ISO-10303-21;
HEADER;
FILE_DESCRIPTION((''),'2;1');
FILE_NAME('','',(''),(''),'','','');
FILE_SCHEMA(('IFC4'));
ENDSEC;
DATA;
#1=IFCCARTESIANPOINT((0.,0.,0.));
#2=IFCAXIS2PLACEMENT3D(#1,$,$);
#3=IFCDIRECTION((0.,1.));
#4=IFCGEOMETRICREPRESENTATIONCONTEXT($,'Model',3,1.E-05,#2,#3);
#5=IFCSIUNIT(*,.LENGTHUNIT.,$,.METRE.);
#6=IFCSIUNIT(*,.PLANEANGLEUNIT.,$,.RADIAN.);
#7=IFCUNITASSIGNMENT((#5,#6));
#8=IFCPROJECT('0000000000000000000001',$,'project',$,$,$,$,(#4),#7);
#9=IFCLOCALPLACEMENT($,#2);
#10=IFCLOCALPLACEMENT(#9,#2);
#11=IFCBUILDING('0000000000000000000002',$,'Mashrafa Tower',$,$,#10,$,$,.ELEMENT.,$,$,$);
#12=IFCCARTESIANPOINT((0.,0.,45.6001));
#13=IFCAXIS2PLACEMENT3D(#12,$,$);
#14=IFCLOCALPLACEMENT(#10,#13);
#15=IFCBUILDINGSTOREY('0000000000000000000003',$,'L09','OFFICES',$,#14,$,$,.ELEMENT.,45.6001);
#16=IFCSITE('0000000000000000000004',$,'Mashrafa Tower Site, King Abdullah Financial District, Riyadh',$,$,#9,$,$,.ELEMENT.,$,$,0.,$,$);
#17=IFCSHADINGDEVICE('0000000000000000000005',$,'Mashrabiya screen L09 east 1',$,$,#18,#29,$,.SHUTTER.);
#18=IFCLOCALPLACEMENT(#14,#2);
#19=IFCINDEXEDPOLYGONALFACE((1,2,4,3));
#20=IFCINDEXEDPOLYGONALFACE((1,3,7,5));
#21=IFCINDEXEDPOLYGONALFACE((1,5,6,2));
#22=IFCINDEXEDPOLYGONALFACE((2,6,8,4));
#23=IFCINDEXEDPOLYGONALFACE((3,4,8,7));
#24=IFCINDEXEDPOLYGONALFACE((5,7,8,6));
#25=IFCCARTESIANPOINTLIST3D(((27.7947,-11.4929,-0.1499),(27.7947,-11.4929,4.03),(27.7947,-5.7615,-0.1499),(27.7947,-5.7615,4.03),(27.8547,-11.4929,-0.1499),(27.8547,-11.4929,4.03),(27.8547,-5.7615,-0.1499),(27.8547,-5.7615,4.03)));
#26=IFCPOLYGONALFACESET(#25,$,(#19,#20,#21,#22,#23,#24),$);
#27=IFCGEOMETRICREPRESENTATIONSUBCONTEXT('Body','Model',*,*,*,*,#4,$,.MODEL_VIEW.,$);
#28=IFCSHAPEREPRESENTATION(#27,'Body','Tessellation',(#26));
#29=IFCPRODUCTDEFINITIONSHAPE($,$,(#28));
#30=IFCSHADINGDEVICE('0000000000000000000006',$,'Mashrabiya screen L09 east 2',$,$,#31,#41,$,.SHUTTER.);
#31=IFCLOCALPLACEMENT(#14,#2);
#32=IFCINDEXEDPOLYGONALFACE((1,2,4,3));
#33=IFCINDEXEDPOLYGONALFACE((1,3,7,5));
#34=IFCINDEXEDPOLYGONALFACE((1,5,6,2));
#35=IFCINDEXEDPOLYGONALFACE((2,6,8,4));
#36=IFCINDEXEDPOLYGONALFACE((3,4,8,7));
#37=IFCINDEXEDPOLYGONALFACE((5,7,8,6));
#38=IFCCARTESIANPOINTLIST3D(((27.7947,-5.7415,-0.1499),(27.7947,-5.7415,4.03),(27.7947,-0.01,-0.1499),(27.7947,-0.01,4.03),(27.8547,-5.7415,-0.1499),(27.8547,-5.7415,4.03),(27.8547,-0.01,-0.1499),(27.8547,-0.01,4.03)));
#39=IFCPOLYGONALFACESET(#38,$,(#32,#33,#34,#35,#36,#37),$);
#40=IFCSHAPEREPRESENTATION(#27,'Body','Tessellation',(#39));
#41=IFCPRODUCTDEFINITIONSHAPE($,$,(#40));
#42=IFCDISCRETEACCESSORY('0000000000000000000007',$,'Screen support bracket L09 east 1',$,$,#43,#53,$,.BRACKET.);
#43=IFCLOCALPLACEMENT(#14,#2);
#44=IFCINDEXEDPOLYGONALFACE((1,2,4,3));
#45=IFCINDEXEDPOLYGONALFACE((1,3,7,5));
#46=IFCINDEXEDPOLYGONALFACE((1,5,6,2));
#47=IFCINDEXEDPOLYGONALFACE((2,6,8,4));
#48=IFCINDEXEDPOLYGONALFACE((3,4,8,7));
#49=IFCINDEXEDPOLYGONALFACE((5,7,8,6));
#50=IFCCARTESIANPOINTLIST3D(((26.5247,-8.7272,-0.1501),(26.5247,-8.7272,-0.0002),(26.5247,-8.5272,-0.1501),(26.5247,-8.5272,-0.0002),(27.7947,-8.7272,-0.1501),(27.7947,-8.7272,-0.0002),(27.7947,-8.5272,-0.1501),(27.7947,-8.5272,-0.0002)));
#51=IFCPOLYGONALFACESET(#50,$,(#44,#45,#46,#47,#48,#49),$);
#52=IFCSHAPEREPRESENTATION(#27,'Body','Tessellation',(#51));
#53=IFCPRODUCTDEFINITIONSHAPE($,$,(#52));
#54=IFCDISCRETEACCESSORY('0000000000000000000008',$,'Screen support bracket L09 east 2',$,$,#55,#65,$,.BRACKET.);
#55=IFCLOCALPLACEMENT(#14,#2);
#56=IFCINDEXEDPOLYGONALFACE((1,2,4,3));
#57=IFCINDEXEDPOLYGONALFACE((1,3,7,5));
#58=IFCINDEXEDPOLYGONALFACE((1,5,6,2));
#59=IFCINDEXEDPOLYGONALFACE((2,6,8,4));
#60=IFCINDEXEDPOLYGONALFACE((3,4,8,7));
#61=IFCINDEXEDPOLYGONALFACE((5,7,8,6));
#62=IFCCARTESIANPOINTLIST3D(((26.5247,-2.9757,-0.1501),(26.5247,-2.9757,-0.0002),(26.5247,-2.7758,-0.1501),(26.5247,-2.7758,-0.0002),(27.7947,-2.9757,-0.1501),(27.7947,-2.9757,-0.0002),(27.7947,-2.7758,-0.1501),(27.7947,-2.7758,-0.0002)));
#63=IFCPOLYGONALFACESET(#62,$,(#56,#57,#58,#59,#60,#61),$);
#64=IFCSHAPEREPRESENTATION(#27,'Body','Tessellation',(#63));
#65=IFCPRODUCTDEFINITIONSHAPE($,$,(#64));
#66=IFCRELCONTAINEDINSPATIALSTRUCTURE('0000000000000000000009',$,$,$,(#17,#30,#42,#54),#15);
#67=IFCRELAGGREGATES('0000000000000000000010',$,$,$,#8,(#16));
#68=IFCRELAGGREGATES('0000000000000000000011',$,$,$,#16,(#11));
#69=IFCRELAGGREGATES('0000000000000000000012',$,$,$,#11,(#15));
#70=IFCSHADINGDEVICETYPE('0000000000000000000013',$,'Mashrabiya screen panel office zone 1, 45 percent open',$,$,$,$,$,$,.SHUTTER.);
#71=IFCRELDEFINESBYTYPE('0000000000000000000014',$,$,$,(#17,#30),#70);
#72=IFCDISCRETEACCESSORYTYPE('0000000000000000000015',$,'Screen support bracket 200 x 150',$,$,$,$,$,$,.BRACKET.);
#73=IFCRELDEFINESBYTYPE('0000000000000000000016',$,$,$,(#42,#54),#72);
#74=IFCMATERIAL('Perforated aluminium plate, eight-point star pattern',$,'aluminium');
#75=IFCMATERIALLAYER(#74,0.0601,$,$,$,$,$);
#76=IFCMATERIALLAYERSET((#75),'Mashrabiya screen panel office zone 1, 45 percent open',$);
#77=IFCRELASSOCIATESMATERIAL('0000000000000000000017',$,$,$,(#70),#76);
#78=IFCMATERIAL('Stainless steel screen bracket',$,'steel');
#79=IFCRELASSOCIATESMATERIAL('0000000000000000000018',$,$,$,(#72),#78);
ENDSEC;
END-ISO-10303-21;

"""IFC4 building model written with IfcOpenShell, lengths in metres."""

from ifc_helpers import new_model, si_unit, direction, frame, origin, origin_2d, place, context, subcontext, project, spatial, rectangle, extrude, source, transform, mapped, material, layer, layer_set, type_object, type_shapes, element, save


model = new_model("IFC4")

# Units and contexts
model_context = context("Model", 3, precision=1e-05, world=origin(), true_north=direction((0.0, 1.0)))
body_context = subcontext(model_context, "Body", "Model", "MODEL_VIEW")
ifc_project = project(units=[si_unit("LENGTHUNIT", "METRE"), si_unit("PLANEANGLEUNIT", "RADIAN")], contexts=[model_context])

# Site, building, storey
site_placement = place(None, origin())
site = spatial("IfcSite", under=ifc_project, at=site_placement, Name="Mashrafa Tower Site, King Abdullah Financial District, Riyadh", CompositionType="ELEMENT", RefElevation=0.0)
building_placement = place(site_placement, origin())
building = spatial("IfcBuilding", under=site, at=building_placement, Name="Mashrafa Tower", CompositionType="ELEMENT")
storey_placement = place(building_placement, frame((0.0, 0.0, 45.6001)))
storey = spatial("IfcBuildingStorey", under=building, at=storey_placement, Name="L09", Description="OFFICES", CompositionType="ELEMENT", Elevation=45.6001)

# Shading devices
ifc_material_1 = material(Name="Perforated aluminium plate, eight-point star pattern", Category="aluminium")
ifc_layer_1 = layer(ifc_material_1, 0.0601)
ifc_layer_set_1 = layer_set([ifc_layer_1], Name="Mashrabiya screen panel office zone 1, 45 percent open")
shading_device_type = type_object("IfcShadingDeviceType", Name="Mashrabiya screen panel office zone 1, 45 percent open", PredefinedType="SHUTTER", material=ifc_layer_set_1)
shared_shape_1 = source(origin(), body_context, "Body", "SweptSolid", [
    extrude(rectangle(XDim=5.7314, YDim=0.0601, at=origin_2d()), origin(), (0.0, 0.0, 1.0), 4.1799),
])
type_shapes(shading_device_type, [shared_shape_1])
for number, where, z_axis, x_axis, name in (
    (1, (27.8247, -8.6272, -0.1499), (0.0, 0.0, 1.0), (0.0, 1.0, 0.0), "Mashrabiya screen L09 east 1"),
    (2, (27.8247, -2.8757, -0.1499), (0.0, 0.0, 1.0), (0.0, 1.0, 0.0), "Mashrabiya screen L09 east 2"),
):
    element("IfcShadingDevice", number, at=place(storey_placement, frame(where, z_axis=z_axis, x_axis=x_axis)), inside=storey, type_object=shading_device_type, Name=name, PredefinedType="SHUTTER", context=body_context, shape_type="MappedRepresentation", body=[
        mapped(shared_shape_1, transform((0.0, 0.0, 0.0))),
    ])

# Discrete accessories
ifc_material_2 = material(Name="Stainless steel screen bracket", Category="steel")
discrete_accessory_type = type_object("IfcDiscreteAccessoryType", Name="Screen support bracket 200 x 150", PredefinedType="BRACKET", material=ifc_material_2)
shared_shape_2 = source(origin(), body_context, "Body", "SweptSolid", [
    extrude(rectangle(XDim=0.2, YDim=1.27, at=origin_2d()), origin(), (0.0, 0.0, 1.0), 0.1499),
])
type_shapes(discrete_accessory_type, [shared_shape_2])
for number, where, z_axis, x_axis, name in (
    (3, (27.1597, -8.6272, -0.1501), (0.0, 0.0, 1.0), (0.0, 1.0, 0.0), "Screen support bracket L09 east 1"),
    (4, (27.1597, -2.8757, -0.1501), (0.0, 0.0, 1.0), (0.0, 1.0, 0.0), "Screen support bracket L09 east 2"),
):
    element("IfcDiscreteAccessory", number, at=place(storey_placement, frame(where, z_axis=z_axis, x_axis=x_axis)), inside=storey, type_object=discrete_accessory_type, Name=name, PredefinedType="BRACKET", context=body_context, shape_type="MappedRepresentation", body=[
        mapped(shared_shape_2, transform((0.0, 0.0, 0.0))),
    ])

save(model, "model.ifc")
